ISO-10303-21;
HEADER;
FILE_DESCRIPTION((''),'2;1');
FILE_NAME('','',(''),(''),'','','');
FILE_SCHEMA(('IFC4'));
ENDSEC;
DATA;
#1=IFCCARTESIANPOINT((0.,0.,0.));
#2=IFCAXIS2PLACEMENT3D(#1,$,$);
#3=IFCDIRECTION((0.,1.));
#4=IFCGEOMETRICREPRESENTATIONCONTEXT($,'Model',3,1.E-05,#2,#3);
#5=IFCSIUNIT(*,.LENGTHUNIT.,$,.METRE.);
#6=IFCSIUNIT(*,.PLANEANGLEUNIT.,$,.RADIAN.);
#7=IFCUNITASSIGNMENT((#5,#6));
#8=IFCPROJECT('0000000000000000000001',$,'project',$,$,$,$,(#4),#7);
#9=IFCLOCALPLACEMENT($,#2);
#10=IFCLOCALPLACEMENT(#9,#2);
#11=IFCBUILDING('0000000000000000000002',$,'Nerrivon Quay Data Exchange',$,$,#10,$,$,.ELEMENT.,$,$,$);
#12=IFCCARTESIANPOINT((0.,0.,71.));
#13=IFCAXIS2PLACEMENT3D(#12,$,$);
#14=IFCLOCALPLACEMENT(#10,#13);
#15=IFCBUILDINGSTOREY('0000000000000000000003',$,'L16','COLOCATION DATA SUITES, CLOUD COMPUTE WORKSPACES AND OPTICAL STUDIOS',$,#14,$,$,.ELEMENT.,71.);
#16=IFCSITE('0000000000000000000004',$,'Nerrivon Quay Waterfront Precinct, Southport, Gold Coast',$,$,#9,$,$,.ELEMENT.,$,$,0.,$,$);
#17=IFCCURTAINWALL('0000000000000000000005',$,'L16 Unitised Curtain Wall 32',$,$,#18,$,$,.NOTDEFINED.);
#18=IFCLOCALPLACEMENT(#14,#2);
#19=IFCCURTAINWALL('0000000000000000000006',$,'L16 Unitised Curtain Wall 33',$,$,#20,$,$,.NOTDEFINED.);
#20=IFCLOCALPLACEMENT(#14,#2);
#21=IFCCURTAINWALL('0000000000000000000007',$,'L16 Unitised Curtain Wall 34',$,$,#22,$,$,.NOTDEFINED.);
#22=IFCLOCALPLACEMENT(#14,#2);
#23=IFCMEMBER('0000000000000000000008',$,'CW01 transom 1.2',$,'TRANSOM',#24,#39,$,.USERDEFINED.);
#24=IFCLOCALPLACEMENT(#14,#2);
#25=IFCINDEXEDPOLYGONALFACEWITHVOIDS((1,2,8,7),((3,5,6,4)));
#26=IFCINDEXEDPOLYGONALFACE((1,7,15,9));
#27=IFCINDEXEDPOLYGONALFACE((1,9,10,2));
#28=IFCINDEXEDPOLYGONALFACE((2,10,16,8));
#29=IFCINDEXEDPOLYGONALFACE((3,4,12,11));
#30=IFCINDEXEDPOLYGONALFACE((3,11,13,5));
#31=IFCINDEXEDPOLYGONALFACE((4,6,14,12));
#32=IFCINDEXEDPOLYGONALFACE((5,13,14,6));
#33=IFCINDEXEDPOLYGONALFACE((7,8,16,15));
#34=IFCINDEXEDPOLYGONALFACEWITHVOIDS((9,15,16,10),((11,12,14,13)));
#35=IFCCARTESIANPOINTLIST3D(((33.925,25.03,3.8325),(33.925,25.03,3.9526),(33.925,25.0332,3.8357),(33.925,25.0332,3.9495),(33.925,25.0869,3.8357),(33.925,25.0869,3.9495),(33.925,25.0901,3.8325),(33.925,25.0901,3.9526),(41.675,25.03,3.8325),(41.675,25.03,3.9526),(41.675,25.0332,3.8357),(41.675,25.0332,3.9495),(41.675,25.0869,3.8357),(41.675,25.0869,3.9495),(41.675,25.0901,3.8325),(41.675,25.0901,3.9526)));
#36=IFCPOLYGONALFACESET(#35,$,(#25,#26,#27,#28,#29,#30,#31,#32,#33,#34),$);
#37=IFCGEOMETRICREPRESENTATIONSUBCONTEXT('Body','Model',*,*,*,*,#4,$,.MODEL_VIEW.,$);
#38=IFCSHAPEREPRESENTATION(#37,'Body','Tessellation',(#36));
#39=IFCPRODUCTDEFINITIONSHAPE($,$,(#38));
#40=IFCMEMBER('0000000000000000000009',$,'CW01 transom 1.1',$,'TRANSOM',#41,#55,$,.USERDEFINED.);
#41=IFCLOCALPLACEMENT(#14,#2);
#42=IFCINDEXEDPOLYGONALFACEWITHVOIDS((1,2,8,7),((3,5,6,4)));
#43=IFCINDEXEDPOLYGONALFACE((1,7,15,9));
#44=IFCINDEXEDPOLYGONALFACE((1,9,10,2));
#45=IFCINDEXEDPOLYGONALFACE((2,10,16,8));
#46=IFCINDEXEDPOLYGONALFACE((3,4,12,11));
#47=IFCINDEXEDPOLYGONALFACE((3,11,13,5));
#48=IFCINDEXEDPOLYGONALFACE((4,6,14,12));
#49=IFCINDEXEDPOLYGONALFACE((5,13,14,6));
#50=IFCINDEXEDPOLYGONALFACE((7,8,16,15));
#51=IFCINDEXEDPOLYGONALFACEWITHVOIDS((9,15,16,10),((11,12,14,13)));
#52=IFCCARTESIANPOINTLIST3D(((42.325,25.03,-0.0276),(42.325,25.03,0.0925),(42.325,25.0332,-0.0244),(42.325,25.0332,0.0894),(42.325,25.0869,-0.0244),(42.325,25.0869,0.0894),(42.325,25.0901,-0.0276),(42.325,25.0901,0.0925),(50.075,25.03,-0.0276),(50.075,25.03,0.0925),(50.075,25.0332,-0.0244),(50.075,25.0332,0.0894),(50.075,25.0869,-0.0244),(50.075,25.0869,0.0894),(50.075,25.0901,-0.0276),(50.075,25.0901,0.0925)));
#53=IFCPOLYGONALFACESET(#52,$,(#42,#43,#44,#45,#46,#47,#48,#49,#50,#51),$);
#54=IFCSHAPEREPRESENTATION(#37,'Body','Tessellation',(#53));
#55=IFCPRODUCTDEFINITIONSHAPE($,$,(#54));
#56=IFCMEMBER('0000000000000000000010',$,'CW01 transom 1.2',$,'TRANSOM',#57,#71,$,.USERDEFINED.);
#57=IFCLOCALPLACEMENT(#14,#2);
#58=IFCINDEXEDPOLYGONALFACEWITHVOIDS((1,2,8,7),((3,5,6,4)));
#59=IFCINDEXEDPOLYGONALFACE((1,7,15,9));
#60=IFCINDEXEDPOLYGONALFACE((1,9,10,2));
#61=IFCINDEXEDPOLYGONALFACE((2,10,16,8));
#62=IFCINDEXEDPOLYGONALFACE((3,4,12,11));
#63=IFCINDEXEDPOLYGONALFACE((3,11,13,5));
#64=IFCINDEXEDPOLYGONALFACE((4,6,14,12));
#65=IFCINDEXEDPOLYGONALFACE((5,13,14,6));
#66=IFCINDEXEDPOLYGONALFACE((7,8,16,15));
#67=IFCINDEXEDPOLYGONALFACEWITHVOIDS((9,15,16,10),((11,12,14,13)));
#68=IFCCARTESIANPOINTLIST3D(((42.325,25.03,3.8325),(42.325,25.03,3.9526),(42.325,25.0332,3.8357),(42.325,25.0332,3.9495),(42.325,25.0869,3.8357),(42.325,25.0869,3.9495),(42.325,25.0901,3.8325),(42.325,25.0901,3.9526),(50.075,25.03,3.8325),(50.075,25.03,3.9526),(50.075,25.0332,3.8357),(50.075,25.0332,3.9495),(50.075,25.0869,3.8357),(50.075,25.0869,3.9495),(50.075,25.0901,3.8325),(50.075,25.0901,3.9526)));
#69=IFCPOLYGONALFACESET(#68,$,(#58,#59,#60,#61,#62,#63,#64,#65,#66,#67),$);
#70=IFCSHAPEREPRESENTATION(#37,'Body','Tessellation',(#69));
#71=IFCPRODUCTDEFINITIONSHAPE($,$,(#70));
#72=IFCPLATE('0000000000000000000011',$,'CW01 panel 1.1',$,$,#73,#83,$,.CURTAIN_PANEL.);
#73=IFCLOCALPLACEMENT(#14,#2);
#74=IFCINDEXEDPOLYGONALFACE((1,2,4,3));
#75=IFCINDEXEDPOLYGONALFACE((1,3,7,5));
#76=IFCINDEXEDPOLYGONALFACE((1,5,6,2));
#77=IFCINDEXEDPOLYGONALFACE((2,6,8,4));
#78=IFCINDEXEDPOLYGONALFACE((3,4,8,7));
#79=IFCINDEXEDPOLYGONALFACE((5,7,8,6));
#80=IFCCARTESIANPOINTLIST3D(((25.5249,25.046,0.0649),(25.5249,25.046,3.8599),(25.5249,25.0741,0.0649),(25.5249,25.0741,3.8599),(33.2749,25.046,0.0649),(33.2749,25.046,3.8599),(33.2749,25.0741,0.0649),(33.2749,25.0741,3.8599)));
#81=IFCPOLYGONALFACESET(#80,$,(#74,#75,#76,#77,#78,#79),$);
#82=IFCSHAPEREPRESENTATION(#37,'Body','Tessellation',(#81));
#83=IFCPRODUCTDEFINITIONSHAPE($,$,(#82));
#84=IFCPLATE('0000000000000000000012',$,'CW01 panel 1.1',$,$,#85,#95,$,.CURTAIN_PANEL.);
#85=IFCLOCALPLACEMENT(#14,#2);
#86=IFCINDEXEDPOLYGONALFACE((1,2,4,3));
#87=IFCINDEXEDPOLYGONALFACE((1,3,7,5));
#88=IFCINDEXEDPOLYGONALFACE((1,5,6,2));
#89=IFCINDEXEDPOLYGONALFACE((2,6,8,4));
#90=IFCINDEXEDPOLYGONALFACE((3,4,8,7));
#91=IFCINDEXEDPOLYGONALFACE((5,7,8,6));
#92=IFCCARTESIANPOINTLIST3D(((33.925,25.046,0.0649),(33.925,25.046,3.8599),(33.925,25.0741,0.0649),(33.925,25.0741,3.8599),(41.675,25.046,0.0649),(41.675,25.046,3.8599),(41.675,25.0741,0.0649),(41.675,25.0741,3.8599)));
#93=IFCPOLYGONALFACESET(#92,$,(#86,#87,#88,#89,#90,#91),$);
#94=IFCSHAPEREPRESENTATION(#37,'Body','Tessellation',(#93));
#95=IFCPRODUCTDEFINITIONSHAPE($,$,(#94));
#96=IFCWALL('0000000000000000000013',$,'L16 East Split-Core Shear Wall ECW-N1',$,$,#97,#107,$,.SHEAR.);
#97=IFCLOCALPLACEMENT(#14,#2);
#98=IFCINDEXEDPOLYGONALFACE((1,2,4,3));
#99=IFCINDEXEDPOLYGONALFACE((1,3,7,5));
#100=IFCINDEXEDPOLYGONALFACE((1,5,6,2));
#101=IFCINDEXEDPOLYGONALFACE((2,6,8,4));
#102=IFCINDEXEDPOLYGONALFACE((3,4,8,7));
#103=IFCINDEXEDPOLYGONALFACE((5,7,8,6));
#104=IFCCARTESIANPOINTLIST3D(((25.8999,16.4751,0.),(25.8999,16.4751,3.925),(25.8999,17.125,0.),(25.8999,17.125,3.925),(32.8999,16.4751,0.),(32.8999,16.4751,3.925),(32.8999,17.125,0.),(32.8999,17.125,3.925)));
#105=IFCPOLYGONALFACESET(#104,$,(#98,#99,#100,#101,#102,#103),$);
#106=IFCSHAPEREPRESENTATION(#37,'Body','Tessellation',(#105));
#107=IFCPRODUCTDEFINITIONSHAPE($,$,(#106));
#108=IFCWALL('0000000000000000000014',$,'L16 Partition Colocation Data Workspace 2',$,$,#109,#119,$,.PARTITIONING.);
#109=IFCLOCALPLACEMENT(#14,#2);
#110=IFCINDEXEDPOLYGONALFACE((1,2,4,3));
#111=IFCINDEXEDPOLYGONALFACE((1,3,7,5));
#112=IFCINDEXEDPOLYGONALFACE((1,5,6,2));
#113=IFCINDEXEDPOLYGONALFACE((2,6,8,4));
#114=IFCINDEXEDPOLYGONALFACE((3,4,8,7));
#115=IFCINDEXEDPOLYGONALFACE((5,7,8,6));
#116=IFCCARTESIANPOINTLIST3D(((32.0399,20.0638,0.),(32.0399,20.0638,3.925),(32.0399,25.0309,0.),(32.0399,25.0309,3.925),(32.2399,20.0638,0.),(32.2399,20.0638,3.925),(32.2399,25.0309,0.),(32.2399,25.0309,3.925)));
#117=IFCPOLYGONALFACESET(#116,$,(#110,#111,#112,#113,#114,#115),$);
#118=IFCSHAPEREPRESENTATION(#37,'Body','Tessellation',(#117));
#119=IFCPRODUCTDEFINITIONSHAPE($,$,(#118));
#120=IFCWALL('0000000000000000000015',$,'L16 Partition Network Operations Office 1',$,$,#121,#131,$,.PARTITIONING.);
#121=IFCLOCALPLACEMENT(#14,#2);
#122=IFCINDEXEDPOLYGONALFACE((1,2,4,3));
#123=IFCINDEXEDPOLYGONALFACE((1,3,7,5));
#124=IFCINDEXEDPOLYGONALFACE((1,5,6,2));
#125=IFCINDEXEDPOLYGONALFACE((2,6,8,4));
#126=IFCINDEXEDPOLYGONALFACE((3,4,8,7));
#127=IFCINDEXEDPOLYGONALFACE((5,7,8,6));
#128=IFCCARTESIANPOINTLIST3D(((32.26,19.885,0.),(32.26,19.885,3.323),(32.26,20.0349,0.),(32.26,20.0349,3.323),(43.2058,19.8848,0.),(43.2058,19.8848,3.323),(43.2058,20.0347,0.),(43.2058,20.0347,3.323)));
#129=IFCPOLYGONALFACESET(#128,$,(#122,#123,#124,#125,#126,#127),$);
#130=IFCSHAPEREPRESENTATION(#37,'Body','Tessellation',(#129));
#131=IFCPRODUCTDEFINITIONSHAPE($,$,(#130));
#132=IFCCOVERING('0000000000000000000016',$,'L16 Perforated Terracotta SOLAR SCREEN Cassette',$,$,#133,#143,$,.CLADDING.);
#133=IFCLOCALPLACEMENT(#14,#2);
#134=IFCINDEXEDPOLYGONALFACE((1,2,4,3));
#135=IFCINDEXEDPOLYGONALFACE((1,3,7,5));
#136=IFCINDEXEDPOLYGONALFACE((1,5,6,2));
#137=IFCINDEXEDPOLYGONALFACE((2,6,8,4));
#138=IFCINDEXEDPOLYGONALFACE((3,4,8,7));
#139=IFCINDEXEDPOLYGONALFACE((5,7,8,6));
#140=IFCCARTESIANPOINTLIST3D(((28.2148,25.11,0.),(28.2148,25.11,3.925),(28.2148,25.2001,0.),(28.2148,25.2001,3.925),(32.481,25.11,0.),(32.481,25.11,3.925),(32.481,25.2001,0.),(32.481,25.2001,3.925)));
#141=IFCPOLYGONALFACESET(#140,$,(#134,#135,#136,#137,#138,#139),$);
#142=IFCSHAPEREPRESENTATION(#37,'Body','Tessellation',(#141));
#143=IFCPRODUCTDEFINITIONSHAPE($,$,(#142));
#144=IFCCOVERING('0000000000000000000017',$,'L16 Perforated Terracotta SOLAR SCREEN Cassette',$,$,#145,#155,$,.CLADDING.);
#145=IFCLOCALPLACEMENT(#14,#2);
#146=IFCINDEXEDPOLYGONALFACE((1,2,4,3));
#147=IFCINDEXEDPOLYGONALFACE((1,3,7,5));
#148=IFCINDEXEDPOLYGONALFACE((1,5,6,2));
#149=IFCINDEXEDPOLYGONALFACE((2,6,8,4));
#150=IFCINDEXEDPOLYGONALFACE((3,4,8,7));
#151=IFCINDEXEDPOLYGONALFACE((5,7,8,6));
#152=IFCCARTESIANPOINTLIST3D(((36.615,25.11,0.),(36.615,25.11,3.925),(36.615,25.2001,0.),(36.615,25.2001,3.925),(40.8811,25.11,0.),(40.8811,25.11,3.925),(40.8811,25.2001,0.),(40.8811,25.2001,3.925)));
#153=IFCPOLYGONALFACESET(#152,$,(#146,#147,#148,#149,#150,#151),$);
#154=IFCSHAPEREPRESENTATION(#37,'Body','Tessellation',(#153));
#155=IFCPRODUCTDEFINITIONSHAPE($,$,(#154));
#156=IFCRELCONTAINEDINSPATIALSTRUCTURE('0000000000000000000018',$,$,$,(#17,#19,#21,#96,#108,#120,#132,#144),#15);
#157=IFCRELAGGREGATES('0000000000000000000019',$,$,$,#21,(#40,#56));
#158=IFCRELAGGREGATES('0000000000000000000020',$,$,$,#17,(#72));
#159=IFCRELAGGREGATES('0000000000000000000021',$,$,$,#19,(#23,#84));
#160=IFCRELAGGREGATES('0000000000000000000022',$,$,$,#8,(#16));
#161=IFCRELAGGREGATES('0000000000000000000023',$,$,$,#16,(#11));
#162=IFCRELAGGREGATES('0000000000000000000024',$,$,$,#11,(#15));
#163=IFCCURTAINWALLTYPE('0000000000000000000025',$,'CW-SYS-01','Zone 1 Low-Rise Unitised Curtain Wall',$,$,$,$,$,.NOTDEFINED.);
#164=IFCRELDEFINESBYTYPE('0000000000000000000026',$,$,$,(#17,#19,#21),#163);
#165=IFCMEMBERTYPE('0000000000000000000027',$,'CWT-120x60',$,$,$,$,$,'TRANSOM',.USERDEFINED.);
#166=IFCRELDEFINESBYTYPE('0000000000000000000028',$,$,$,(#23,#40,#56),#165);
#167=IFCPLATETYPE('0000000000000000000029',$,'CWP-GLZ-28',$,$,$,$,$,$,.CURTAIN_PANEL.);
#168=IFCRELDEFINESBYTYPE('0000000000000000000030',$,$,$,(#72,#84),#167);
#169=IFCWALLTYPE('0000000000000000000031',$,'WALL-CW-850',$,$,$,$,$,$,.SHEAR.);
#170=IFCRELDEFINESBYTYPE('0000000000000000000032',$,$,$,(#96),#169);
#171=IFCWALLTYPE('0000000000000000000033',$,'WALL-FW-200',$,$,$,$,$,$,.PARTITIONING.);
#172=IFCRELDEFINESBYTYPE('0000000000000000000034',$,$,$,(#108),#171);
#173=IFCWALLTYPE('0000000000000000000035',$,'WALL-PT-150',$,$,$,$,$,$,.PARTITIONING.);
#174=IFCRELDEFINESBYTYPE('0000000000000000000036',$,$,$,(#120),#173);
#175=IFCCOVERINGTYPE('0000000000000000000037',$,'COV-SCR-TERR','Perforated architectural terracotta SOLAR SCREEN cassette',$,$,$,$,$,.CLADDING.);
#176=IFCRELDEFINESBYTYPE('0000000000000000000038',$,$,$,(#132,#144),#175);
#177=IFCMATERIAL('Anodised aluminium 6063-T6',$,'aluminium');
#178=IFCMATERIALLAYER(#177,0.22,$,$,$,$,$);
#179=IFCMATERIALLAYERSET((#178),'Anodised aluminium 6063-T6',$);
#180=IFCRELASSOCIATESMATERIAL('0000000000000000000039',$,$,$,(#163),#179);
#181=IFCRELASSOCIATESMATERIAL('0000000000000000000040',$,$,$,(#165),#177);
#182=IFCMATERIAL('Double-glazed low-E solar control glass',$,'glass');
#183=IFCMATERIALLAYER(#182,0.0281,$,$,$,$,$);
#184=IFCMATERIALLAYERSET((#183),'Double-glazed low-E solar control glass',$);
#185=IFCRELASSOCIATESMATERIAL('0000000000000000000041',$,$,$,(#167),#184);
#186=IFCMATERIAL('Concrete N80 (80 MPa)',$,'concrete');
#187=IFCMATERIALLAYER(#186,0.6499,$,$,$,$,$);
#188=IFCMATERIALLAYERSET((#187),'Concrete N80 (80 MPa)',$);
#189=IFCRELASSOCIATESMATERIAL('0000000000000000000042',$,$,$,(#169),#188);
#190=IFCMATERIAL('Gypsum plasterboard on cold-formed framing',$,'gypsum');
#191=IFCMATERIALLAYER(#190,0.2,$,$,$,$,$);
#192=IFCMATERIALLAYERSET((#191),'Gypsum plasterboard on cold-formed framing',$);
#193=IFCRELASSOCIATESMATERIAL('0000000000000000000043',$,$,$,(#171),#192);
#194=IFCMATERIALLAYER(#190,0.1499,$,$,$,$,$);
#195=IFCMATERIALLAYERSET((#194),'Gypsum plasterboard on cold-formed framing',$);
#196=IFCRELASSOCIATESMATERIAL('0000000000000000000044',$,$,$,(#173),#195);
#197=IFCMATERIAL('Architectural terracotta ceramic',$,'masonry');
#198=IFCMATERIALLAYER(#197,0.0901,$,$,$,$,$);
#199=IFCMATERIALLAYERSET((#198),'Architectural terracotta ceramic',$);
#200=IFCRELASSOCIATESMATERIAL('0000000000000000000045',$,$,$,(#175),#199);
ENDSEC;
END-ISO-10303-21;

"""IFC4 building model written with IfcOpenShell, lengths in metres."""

from ifc_helpers import new_model, si_unit, direction, frame, frame_2d, origin, origin_2d, place, context, subcontext, project, spatial, rectangle, hollow_rectangle, extrude, material, layer, layer_set, material_profile, profile_set, type_object, element, aggregate, save


model = new_model("IFC4")

# Units and contexts
model_context = context("Model", 3, precision=1e-05, world=origin(), true_north=direction((0.0, 1.0)))
body_context = subcontext(model_context, "Body", "Model", "MODEL_VIEW")
ifc_project = project(units=[si_unit("LENGTHUNIT", "METRE"), si_unit("PLANEANGLEUNIT", "RADIAN")], contexts=[model_context])

# Site, building, storey
site_placement = place(None, origin())
site = spatial("IfcSite", under=ifc_project, at=site_placement, Name="Nerrivon Quay Waterfront Precinct, Southport, Gold Coast", CompositionType="ELEMENT", RefElevation=0.0)
building_placement = place(site_placement, origin())
building = spatial("IfcBuilding", under=site, at=building_placement, Name="Nerrivon Quay Data Exchange", CompositionType="ELEMENT")
storey_placement = place(building_placement, frame((0.0, 0.0, 71.0)))
storey = spatial("IfcBuildingStorey", under=building, at=storey_placement, Name="L16", Description="COLOCATION DATA SUITES, CLOUD COMPUTE WORKSPACES AND OPTICAL STUDIOS", CompositionType="ELEMENT", Elevation=71.0)

# Shared definitions
ifc_material_1 = material(Name="Concrete N80 (80 MPa)", Category="concrete")

# Curtain wall
ifc_material_2 = material(Name="Anodised aluminium 6063-T6", Category="aluminium")
ifc_layer_1 = layer(ifc_material_2, 0.22)
ifc_layer_set_1 = layer_set([ifc_layer_1], Name="Anodised aluminium 6063-T6")
curtain_wall_type = type_object("IfcCurtainWallType", Name="CW-SYS-01", Description="Zone 1 Low-Rise Unitised Curtain Wall", PredefinedType="NOTDEFINED", material=ifc_layer_set_1)
curtain_wall_1_placement = place(storey_placement, origin())
curtain_wall_1 = element("IfcCurtainWall", 1, at=curtain_wall_1_placement, inside=storey, type_object=curtain_wall_type, Name="L16 Unitised Curtain Wall 32", PredefinedType="NOTDEFINED")

# Curtain wall
curtain_wall_2_placement = place(storey_placement, origin())
curtain_wall_2 = element("IfcCurtainWall", 2, at=curtain_wall_2_placement, inside=storey, type_object=curtain_wall_type, Name="L16 Unitised Curtain Wall 33", PredefinedType="NOTDEFINED")

# Curtain wall
curtain_wall_3_placement = place(storey_placement, origin())
curtain_wall_3 = element("IfcCurtainWall", 3, at=curtain_wall_3_placement, inside=storey, type_object=curtain_wall_type, Name="L16 Unitised Curtain Wall 34", PredefinedType="NOTDEFINED")

# Members
ifc_material_profile_1 = material_profile(ifc_material_2, hollow_rectangle(XDim=0.0601, YDim=0.1201, WallThickness=0.0032, at=origin_2d()), Name="ALU-TRAN-120x60")
ifc_profile_set_1 = profile_set([ifc_material_profile_1], Name="Anodised aluminium 6063-T6")
member_type_1 = type_object("IfcMemberType", Name="CWT-120x60", ElementType="TRANSOM", PredefinedType="USERDEFINED", material=ifc_profile_set_1)
member_1_placement = place(storey_placement, frame((33.925, 25.0601, 3.8926), z_axis=(1.0, 0.0, 0.0), x_axis=(0.0, 1.0, 0.0)))
member_1 = element("IfcMember", 4, at=member_1_placement, type_object=member_type_1, Name="CW01 transom 1.2", ObjectType="TRANSOM", PredefinedType="USERDEFINED", context=body_context, shape_type="SweptSolid", body=[
    extrude(hollow_rectangle(XDim=0.0601, YDim=0.1201, WallThickness=0.0032, at=origin_2d()), origin(), (0.0, 0.0, 1.0), 7.75),
])
member_2_placement = place(storey_placement, frame((42.325, 25.0601, 0.0325), z_axis=(1.0, 0.0, 0.0), x_axis=(0.0, 1.0, 0.0)))
member_2 = element("IfcMember", 5, at=member_2_placement, type_object=member_type_1, Name="CW01 transom 1.1", ObjectType="TRANSOM", PredefinedType="USERDEFINED", context=body_context, shape_type="SweptSolid", body=[
    extrude(hollow_rectangle(XDim=0.0601, YDim=0.1201, WallThickness=0.0032, at=origin_2d()), origin(), (0.0, 0.0, 1.0), 7.75),
])
member_3_placement = place(storey_placement, frame((42.325, 25.0601, 3.8926), z_axis=(1.0, 0.0, 0.0), x_axis=(0.0, 1.0, 0.0)))
member_3 = element("IfcMember", 6, at=member_3_placement, type_object=member_type_1, Name="CW01 transom 1.2", ObjectType="TRANSOM", PredefinedType="USERDEFINED", context=body_context, shape_type="SweptSolid", body=[
    extrude(hollow_rectangle(XDim=0.0601, YDim=0.1201, WallThickness=0.0032, at=origin_2d()), origin(), (0.0, 0.0, 1.0), 7.75),
])
aggregate(curtain_wall_3, [member_2, member_3])

# Plates
ifc_material_3 = material(Name="Double-glazed low-E solar control glass", Category="glass")
ifc_layer_2 = layer(ifc_material_3, 0.0281)
ifc_layer_set_2 = layer_set([ifc_layer_2], Name="Double-glazed low-E solar control glass")
plate_type = type_object("IfcPlateType", Name="CWP-GLZ-28", PredefinedType="CURTAIN_PANEL", material=ifc_layer_set_2)
plate_1_placement = place(storey_placement, frame((29.3999, 25.0601, 0.0649), z_axis=(0.0, 0.0, 1.0), x_axis=(1.0, 0.0, 0.0)))
plate_1 = element("IfcPlate", 7, at=plate_1_placement, type_object=plate_type, Name="CW01 panel 1.1", PredefinedType="CURTAIN_PANEL", context=body_context, shape_type="SweptSolid", body=[
    extrude(rectangle(XDim=7.75, YDim=0.0281, at=origin_2d()), origin(), (0.0, 0.0, 1.0), 3.7949),
])
aggregate(curtain_wall_1, [plate_1])
plate_2_placement = place(storey_placement, frame((37.8, 25.0601, 0.0649), z_axis=(0.0, 0.0, 1.0), x_axis=(1.0, 0.0, 0.0)))
plate_2 = element("IfcPlate", 8, at=plate_2_placement, type_object=plate_type, Name="CW01 panel 1.1", PredefinedType="CURTAIN_PANEL", context=body_context, shape_type="SweptSolid", body=[
    extrude(rectangle(XDim=7.75, YDim=0.0281, at=origin_2d()), origin(), (0.0, 0.0, 1.0), 3.7949),
])
aggregate(curtain_wall_2, [member_1, plate_2])

# Walls
ifc_layer_3 = layer(ifc_material_1, 0.6499)
ifc_layer_set_3 = layer_set([ifc_layer_3], Name="Concrete N80 (80 MPa)")
wall_type_1 = type_object("IfcWallType", Name="WALL-CW-850", PredefinedType="SHEAR", material=ifc_layer_set_3)
wall_1_placement = place(storey_placement, frame((25.8999, 16.8, 0.0), z_axis=(0.0, 0.0, 1.0), x_axis=(1.0, 0.0, 0.0)))
element("IfcWall", 9, at=wall_1_placement, inside=storey, type_object=wall_type_1, Name="L16 East Split-Core Shear Wall ECW-N1", PredefinedType="SHEAR", context=body_context, shape_type="SweptSolid", body=[
    extrude(rectangle(XDim=7.0, YDim=0.6499, at=frame_2d((3.5, 0.0))), origin(), (0.0, 0.0, 1.0), 3.925),
])
ifc_material_4 = material(Name="Gypsum plasterboard on cold-formed framing", Category="gypsum")
ifc_layer_4 = layer(ifc_material_4, 0.2)
ifc_layer_set_4 = layer_set([ifc_layer_4], Name="Gypsum plasterboard on cold-formed framing")
wall_type_2 = type_object("IfcWallType", Name="WALL-FW-200", PredefinedType="PARTITIONING", material=ifc_layer_set_4)
wall_2_placement = place(storey_placement, frame((32.1399, 20.064, 0.0), z_axis=(0.0, 0.0, 1.0), x_axis=(0.0, 1.0, 0.0)))
element("IfcWall", 10, at=wall_2_placement, inside=storey, type_object=wall_type_2, Name="L16 Partition Colocation Data Workspace 2", PredefinedType="PARTITIONING", context=body_context, shape_type="SweptSolid", body=[
    extrude(rectangle(XDim=4.967, YDim=0.2, at=frame_2d((2.4834, 0.0))), origin(), (0.0, 0.0, 1.0), 3.925),
])
ifc_layer_5 = layer(ifc_material_4, 0.1499)
ifc_layer_set_5 = layer_set([ifc_layer_5], Name="Gypsum plasterboard on cold-formed framing")
wall_type_3 = type_object("IfcWallType", Name="WALL-PT-150", PredefinedType="PARTITIONING", material=ifc_layer_set_5)
wall_3_placement = place(storey_placement, frame((32.26, 19.96, 0.0), z_axis=(0.0, 0.0, 1.0), x_axis=(1.0, -0.000022, 0.0)))
element("IfcWall", 11, at=wall_3_placement, inside=storey, type_object=wall_type_3, Name="L16 Partition Network Operations Office 1", PredefinedType="PARTITIONING", context=body_context, shape_type="SweptSolid", body=[
    extrude(rectangle(XDim=10.9458, YDim=0.1499, at=frame_2d((5.4729, 0.0))), origin(), (0.0, 0.0, 1.0), 3.323),
])

# Coverings
ifc_material_5 = material(Name="Architectural terracotta ceramic", Category="masonry")
ifc_layer_6 = layer(ifc_material_5, 0.0901)
ifc_layer_set_6 = layer_set([ifc_layer_6], Name="Architectural terracotta ceramic")
covering_type = type_object("IfcCoveringType", Name="COV-SCR-TERR", Description="Perforated architectural terracotta SOLAR SCREEN cassette", PredefinedType="CLADDING", material=ifc_layer_set_6)
for number, where, z_axis, x_axis, name in (
    (12, (30.3479, 25.155, 0.0), (0.0, 0.0, 1.0), (1.0, 0.0, 0.0), "L16 Perforated Terracotta SOLAR SCREEN Cassette"),
    (13, (38.748, 25.155, 0.0), (0.0, 0.0, 1.0), (1.0, 0.0, 0.0), "L16 Perforated Terracotta SOLAR SCREEN Cassette"),
):
    element("IfcCovering", number, at=place(storey_placement, frame(where, z_axis=z_axis, x_axis=x_axis)), inside=storey, type_object=covering_type, Name=name, PredefinedType="CLADDING", context=body_context, shape_type="SweptSolid", body=[
        extrude(rectangle(XDim=4.2661, YDim=0.0901, at=origin_2d()), origin(), (0.0, 0.0, 1.0), 3.925),
    ])

save(model, "model.ifc")
